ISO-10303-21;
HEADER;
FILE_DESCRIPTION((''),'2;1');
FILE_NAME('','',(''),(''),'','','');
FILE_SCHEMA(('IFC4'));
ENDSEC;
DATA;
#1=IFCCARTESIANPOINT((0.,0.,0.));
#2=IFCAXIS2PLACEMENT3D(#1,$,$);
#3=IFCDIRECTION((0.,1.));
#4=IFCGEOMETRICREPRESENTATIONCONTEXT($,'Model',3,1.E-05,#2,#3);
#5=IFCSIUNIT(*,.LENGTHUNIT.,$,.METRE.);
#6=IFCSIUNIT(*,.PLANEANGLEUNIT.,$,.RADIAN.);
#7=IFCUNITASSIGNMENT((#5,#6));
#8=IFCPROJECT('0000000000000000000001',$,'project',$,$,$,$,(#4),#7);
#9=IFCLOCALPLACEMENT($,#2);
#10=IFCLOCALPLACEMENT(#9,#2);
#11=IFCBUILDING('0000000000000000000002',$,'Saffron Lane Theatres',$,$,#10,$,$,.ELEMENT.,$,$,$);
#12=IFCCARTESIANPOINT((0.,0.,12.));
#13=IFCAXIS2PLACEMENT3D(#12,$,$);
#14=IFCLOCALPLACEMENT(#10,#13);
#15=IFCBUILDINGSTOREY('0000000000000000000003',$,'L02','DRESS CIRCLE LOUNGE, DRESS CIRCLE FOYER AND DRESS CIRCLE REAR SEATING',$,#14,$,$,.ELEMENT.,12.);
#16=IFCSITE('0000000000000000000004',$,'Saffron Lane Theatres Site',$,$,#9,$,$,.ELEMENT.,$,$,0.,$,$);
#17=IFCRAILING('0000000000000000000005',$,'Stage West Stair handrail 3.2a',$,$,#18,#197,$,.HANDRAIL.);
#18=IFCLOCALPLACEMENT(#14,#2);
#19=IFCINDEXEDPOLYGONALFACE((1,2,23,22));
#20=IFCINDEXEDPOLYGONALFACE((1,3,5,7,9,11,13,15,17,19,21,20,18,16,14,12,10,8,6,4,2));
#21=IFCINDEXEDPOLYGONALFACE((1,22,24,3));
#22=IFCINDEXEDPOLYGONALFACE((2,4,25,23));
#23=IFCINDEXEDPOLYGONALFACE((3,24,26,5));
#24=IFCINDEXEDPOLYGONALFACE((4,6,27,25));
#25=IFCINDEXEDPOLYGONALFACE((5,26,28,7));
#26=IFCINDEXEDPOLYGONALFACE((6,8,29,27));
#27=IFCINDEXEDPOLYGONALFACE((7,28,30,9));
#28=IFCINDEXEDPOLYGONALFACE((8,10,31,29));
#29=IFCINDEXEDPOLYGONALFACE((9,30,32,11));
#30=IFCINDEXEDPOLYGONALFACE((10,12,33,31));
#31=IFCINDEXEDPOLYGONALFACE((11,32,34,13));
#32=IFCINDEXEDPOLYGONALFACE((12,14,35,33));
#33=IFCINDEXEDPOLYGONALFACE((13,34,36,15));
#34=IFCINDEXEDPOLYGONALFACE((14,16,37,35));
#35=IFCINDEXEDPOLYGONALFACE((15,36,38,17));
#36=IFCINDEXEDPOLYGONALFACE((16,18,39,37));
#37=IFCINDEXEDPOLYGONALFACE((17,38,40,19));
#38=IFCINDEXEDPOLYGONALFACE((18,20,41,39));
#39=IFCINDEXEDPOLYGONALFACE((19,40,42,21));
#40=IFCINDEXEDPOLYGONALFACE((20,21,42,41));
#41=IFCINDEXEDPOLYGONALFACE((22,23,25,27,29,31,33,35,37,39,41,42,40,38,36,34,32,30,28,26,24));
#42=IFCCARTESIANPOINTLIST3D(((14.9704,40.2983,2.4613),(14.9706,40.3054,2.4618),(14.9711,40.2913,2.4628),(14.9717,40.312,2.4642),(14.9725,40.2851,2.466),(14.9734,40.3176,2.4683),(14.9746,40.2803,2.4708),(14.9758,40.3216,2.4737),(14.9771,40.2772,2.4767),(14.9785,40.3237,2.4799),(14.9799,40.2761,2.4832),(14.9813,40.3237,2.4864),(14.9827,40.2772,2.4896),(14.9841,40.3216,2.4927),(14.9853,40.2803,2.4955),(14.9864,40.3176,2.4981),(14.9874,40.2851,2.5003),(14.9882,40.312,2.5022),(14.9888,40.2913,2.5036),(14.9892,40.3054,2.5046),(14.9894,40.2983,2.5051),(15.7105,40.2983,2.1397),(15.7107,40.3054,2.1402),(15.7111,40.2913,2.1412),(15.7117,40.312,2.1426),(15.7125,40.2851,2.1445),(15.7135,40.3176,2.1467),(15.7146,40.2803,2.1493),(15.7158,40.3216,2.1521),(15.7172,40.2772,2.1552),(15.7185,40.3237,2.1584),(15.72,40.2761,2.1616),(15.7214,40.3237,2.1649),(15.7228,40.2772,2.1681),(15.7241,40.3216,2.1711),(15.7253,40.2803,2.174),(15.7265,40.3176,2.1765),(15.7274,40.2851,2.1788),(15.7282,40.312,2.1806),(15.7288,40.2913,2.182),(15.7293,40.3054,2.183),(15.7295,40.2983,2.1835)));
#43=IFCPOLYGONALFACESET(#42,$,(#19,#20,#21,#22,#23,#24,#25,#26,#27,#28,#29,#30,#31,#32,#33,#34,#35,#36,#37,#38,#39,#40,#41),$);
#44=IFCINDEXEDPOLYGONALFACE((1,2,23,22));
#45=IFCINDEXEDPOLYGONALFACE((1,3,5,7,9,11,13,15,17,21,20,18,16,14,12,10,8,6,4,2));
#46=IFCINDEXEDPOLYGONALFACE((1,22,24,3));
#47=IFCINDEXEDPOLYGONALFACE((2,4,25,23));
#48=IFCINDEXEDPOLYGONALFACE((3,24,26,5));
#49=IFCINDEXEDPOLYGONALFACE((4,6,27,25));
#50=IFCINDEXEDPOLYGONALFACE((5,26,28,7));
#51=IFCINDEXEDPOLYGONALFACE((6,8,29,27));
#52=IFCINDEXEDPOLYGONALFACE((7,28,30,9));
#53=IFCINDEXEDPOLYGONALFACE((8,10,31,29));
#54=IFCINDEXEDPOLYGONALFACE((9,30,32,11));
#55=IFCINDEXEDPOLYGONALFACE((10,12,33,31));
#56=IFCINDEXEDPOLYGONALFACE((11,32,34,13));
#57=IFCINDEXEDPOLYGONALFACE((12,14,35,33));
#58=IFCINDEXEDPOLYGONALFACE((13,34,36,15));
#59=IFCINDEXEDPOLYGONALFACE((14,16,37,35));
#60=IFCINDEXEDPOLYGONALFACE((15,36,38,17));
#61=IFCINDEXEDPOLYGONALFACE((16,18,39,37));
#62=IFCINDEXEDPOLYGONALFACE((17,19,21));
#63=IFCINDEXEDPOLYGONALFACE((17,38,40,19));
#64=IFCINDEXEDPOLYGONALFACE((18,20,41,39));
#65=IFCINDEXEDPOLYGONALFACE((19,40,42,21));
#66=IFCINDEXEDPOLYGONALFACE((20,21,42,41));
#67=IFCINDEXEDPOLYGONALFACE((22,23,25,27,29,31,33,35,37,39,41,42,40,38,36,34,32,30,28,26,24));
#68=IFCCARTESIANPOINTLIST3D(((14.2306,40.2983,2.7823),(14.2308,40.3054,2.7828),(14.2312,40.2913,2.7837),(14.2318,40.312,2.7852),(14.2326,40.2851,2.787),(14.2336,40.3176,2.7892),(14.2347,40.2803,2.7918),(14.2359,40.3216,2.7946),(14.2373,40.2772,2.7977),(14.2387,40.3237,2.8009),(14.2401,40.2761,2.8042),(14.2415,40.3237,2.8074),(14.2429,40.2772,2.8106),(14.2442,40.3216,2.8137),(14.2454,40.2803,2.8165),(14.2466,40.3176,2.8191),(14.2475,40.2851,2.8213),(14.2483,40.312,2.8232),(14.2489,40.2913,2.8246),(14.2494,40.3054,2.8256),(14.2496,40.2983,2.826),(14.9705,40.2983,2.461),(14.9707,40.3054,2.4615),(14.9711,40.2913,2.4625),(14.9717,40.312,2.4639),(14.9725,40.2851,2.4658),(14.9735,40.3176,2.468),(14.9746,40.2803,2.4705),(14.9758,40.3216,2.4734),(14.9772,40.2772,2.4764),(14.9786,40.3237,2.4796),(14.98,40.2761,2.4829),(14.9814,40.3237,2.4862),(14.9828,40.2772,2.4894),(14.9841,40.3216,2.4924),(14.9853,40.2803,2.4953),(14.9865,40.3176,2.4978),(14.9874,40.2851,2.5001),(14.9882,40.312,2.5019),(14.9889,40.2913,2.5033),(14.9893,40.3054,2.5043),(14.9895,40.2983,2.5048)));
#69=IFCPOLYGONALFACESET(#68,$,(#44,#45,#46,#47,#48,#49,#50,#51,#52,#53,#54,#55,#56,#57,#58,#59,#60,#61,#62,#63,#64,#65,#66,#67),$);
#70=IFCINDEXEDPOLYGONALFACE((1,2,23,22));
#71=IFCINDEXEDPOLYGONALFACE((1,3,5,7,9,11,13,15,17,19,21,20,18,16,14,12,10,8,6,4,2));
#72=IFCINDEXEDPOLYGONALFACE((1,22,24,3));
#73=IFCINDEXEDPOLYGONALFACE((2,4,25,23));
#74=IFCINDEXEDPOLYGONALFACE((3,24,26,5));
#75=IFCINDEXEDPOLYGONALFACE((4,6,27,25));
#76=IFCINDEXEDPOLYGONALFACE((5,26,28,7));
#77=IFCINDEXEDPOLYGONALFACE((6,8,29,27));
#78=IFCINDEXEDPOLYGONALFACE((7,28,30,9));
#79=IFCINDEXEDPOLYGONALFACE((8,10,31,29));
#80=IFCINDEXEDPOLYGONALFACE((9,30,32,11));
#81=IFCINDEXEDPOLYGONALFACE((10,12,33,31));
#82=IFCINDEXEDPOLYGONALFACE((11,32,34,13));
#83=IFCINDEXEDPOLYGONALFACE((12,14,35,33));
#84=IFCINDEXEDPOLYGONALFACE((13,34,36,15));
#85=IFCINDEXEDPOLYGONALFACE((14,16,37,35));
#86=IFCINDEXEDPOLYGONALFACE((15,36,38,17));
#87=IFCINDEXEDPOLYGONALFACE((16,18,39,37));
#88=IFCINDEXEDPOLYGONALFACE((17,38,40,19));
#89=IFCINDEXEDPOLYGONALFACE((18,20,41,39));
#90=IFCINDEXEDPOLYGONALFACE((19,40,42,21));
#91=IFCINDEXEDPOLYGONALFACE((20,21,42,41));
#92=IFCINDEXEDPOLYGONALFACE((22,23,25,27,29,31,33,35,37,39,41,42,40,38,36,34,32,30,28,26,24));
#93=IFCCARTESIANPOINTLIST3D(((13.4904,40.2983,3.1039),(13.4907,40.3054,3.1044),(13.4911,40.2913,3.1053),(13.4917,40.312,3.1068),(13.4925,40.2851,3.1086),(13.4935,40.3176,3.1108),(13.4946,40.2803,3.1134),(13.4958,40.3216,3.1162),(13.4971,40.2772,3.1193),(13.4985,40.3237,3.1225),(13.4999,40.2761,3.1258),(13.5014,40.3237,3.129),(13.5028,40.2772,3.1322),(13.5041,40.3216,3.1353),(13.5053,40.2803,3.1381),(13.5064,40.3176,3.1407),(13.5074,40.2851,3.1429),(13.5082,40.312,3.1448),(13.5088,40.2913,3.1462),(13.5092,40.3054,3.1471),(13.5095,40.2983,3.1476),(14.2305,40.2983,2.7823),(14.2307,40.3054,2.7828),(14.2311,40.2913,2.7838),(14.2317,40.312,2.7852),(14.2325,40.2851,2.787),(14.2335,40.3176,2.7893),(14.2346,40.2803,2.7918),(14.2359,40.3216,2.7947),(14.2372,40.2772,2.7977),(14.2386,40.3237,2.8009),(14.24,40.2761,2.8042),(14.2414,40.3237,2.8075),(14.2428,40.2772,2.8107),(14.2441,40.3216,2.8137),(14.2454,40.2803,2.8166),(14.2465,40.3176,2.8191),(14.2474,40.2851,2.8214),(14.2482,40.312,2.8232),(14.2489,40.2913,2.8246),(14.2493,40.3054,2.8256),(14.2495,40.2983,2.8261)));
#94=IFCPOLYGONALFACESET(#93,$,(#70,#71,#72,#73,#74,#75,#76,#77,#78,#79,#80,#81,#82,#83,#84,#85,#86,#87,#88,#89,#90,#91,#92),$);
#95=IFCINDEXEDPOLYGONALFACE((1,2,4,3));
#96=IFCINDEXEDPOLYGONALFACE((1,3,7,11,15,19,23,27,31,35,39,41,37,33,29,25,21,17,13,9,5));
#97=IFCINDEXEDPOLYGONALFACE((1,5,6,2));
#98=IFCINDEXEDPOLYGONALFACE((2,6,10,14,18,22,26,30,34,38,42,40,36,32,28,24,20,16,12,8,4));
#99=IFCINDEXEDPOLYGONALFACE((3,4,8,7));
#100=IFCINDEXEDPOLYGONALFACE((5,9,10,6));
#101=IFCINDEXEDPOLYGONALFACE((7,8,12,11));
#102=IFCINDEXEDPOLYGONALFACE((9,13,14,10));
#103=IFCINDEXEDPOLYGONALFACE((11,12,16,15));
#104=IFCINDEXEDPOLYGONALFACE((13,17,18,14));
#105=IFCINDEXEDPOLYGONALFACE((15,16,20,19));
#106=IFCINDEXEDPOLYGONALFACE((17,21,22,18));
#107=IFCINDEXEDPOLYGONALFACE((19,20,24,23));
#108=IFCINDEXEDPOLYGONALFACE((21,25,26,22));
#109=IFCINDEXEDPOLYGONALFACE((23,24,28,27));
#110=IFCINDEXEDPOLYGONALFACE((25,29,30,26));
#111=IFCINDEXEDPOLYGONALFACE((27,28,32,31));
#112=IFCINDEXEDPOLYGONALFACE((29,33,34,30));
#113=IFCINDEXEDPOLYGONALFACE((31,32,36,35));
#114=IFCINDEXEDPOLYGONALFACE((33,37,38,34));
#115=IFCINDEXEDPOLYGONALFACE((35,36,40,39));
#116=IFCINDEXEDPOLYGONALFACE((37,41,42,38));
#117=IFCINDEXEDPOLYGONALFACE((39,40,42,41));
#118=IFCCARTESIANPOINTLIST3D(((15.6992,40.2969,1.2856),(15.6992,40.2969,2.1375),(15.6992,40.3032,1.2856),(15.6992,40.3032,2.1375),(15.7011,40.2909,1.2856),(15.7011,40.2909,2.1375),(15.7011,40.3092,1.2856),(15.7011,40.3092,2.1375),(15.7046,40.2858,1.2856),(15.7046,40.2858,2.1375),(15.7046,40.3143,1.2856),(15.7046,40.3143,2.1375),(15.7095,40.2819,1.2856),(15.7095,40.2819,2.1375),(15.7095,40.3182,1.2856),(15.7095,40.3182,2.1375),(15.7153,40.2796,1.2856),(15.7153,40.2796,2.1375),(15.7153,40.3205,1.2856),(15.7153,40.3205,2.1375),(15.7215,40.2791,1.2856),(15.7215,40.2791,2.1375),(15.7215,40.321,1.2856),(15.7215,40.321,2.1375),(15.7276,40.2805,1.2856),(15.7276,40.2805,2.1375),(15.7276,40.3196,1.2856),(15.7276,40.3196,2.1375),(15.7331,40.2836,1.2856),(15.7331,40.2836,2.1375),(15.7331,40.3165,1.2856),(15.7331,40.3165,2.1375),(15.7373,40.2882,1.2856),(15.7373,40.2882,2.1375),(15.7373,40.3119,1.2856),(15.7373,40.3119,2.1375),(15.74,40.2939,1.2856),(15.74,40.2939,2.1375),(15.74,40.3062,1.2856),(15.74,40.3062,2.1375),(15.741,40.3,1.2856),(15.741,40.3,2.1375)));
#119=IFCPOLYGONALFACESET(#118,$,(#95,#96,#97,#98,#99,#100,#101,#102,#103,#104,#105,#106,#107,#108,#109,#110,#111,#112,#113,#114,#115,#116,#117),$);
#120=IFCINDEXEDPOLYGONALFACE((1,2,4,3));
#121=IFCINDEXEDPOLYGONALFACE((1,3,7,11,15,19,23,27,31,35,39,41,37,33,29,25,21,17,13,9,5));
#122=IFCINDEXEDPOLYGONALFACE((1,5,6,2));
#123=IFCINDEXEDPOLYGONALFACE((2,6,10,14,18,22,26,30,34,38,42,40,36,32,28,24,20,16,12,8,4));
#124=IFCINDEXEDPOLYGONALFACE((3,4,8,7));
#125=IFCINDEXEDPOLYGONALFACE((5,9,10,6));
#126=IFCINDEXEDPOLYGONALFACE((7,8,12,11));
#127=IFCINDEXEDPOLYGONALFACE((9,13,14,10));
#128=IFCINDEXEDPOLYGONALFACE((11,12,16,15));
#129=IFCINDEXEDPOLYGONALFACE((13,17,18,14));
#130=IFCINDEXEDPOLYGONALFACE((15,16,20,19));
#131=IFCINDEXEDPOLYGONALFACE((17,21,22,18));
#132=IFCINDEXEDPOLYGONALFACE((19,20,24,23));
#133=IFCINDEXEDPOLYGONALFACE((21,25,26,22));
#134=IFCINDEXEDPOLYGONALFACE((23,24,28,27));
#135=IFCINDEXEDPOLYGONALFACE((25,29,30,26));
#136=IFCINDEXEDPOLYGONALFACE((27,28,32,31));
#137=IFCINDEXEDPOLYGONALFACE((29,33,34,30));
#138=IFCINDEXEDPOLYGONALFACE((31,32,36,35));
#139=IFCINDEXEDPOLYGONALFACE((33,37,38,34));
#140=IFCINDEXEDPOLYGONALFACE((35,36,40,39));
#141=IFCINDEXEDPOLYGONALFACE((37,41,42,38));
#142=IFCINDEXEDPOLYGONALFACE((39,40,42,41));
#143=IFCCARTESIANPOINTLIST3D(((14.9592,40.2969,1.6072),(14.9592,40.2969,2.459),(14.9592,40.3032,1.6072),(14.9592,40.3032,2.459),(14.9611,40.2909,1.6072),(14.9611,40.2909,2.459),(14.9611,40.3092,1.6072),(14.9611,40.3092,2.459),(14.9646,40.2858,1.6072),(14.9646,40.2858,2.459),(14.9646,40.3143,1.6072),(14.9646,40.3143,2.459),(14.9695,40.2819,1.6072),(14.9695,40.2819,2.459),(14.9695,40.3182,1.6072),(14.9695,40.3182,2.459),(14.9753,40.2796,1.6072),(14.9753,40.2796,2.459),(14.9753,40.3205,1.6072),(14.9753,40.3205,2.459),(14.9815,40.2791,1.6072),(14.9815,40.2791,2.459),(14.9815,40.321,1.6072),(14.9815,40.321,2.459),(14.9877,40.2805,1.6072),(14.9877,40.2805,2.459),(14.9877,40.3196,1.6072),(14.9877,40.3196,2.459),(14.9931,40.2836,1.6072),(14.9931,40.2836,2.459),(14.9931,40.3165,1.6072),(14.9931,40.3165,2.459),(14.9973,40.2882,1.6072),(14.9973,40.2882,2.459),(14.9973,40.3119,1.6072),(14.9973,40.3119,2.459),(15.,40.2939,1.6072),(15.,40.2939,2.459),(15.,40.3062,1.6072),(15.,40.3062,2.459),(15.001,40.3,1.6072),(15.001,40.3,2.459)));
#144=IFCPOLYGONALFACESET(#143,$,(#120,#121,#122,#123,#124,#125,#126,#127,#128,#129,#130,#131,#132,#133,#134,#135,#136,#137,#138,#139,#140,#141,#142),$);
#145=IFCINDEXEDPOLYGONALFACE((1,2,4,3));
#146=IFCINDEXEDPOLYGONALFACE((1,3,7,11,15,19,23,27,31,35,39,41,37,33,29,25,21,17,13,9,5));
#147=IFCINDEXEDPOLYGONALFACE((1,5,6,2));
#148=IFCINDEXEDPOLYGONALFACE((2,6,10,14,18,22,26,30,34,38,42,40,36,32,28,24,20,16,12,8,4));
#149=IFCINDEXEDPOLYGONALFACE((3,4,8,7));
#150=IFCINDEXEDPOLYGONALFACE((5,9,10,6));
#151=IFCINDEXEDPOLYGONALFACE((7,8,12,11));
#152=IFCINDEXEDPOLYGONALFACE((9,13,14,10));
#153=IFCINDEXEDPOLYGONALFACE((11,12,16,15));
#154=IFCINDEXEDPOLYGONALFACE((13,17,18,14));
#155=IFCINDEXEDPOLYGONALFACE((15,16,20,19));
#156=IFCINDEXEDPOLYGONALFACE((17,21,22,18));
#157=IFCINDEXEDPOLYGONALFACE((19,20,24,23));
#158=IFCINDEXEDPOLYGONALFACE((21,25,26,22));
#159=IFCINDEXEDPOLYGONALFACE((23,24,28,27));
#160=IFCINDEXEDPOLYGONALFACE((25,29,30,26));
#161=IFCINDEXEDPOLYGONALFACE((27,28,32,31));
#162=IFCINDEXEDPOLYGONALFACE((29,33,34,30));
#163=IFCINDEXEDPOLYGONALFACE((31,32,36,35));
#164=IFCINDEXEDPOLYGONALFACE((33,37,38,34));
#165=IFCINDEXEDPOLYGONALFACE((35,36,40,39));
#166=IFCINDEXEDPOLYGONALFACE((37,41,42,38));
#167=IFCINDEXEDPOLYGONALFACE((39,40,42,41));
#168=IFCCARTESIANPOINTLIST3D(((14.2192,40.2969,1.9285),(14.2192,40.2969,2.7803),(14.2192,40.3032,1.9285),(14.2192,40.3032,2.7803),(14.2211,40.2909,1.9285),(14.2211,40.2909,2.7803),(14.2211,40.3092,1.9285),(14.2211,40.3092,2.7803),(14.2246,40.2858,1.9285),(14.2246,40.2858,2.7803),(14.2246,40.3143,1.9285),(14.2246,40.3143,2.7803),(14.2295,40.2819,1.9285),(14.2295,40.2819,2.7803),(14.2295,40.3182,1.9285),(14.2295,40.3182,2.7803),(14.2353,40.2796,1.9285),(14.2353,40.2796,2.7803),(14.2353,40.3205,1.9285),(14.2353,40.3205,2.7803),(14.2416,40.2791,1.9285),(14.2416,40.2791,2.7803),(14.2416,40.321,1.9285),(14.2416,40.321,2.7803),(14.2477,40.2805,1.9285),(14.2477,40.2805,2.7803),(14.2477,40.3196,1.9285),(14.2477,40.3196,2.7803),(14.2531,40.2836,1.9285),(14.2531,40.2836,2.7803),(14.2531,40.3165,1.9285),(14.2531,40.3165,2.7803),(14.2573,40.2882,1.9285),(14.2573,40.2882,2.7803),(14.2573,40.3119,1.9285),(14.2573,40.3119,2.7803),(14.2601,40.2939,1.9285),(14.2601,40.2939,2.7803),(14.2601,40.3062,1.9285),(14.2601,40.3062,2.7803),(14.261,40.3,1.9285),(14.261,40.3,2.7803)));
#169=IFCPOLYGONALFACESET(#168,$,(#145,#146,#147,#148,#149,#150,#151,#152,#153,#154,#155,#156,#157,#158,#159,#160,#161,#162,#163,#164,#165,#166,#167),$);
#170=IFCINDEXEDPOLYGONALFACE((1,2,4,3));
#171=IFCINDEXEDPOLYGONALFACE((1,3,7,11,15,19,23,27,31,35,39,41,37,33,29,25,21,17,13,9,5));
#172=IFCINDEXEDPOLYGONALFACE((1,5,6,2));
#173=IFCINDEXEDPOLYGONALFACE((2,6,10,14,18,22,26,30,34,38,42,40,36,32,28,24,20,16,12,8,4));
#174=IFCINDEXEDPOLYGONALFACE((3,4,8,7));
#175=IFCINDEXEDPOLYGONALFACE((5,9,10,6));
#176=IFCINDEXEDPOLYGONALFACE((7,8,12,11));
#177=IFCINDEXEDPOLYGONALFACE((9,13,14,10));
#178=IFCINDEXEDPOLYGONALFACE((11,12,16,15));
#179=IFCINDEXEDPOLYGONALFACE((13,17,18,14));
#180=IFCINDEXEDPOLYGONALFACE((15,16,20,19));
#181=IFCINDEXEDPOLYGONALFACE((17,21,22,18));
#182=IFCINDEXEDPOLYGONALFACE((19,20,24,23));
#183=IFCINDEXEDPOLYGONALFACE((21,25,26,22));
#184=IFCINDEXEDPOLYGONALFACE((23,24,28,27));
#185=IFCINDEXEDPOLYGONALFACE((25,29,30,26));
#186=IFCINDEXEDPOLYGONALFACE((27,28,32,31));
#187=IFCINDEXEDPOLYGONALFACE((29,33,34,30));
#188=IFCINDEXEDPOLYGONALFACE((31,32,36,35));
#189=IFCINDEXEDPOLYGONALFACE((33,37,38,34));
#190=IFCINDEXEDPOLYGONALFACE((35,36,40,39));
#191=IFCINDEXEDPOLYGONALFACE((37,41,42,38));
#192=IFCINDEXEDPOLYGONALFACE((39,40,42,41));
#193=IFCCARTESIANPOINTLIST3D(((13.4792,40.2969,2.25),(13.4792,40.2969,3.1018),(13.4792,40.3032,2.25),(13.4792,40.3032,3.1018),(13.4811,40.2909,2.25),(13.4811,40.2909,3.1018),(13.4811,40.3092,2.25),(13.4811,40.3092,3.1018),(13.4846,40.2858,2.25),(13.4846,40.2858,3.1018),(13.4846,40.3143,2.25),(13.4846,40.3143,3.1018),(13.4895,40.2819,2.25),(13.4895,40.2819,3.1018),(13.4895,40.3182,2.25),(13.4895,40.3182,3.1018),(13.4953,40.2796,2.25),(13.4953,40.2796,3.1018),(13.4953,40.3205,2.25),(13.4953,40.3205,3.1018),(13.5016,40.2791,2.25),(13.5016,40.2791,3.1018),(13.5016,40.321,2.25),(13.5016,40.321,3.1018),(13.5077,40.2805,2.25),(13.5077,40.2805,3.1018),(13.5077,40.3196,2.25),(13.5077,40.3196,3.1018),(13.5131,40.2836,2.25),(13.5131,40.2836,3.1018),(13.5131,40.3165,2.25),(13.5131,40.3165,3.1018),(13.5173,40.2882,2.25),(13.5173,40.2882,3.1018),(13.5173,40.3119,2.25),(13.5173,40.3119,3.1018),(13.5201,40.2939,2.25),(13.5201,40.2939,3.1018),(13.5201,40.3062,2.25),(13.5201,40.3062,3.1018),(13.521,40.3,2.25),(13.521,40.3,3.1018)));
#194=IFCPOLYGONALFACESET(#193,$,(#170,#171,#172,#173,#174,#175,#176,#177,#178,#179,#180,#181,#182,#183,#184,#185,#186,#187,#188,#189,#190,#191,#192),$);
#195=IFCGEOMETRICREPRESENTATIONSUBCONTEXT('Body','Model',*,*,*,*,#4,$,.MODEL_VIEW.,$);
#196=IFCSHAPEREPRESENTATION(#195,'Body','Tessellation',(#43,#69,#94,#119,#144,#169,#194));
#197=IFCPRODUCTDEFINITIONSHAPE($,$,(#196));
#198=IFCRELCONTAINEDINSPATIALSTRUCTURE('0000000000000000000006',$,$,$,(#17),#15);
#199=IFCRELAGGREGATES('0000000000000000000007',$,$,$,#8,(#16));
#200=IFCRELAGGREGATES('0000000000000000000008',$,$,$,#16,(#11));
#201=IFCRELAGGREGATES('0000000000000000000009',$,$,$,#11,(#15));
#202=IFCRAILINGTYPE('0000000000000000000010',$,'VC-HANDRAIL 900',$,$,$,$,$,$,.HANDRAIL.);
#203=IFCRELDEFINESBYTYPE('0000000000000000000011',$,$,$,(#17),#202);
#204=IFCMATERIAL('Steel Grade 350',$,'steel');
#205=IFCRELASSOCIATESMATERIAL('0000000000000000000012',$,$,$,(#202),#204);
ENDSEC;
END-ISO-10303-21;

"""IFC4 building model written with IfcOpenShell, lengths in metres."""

from ifc_helpers import new_model, si_unit, direction, frame, origin, origin_2d, place, context, subcontext, project, spatial, circle, extrude, material, type_object, element, save


model = new_model("IFC4")

# Units and contexts
model_context = context("Model", 3, precision=1e-05, world=origin(), true_north=direction((0.0, 1.0)))
body_context = subcontext(model_context, "Body", "Model", "MODEL_VIEW")
ifc_project = project(units=[si_unit("LENGTHUNIT", "METRE"), si_unit("PLANEANGLEUNIT", "RADIAN")], contexts=[model_context])

# Site, building, storey
site_placement = place(None, origin())
site = spatial("IfcSite", under=ifc_project, at=site_placement, Name="Saffron Lane Theatres Site", CompositionType="ELEMENT", RefElevation=0.0)
building_placement = place(site_placement, origin())
building = spatial("IfcBuilding", under=site, at=building_placement, Name="Saffron Lane Theatres", CompositionType="ELEMENT")
storey_placement = place(building_placement, frame((0.0, 0.0, 12.0)))
storey = spatial("IfcBuildingStorey", under=building, at=storey_placement, Name="L02", Description="DRESS CIRCLE LOUNGE, DRESS CIRCLE FOYER AND DRESS CIRCLE REAR SEATING", CompositionType="ELEMENT", Elevation=12.0)

# Railing
ifc_material_1 = material(Name="Steel Grade 350", Category="steel")
railing_type_1 = type_object("IfcRailingType", Name="VC-HANDRAIL 900", PredefinedType="HANDRAIL", material=ifc_material_1)
for number, where, name in (
    (1, (15.72, 40.3, 1.2856), "Stage West Stair handrail 3.2a"),
):
    element("IfcRailing", number, at=place(storey_placement, frame(where)), inside=storey, type_object=railing_type_1, Name=name, PredefinedType="HANDRAIL", context=body_context, shape_type="SweptSolid", body=[
        extrude(circle(Radius=0.0239, at=origin_2d()), frame((0.0, 0.0, 0.876), z_axis=(-0.917161, 0.0, 0.398516), x_axis=(0.0, -1.0, 0.0)), (0.0, 0.0, 1.0), 0.8069),
        extrude(circle(Radius=0.0239, at=origin_2d()), frame((-0.74, 0.0, 1.1973), z_axis=(-0.917272, 0.0, 0.398261), x_axis=(0.0, -1.0, 0.0)), (0.0, 0.0, 1.0), 0.8066),
        extrude(circle(Radius=0.0239, at=origin_2d()), frame((-1.48, 0.0, 1.5186), z_axis=(-0.917161, 0.0, 0.398516), x_axis=(0.0, -1.0, 0.0)), (0.0, 0.0, 1.0), 0.8069),
        extrude(circle(Radius=0.021, at=origin_2d()), origin(), (0.0, 0.0, 1.0), 0.8518),
        extrude(circle(Radius=0.021, at=origin_2d()), frame((-0.74, 0.0, 0.3215)), (0.0, 0.0, 1.0), 0.8518),
        extrude(circle(Radius=0.021, at=origin_2d()), frame((-1.48, 0.0, 0.6428)), (0.0, 0.0, 1.0), 0.8518),
        extrude(circle(Radius=0.021, at=origin_2d()), frame((-2.22, 0.0, 0.9644)), (0.0, 0.0, 1.0), 0.8518),
    ])

save(model, "model.ifc")
